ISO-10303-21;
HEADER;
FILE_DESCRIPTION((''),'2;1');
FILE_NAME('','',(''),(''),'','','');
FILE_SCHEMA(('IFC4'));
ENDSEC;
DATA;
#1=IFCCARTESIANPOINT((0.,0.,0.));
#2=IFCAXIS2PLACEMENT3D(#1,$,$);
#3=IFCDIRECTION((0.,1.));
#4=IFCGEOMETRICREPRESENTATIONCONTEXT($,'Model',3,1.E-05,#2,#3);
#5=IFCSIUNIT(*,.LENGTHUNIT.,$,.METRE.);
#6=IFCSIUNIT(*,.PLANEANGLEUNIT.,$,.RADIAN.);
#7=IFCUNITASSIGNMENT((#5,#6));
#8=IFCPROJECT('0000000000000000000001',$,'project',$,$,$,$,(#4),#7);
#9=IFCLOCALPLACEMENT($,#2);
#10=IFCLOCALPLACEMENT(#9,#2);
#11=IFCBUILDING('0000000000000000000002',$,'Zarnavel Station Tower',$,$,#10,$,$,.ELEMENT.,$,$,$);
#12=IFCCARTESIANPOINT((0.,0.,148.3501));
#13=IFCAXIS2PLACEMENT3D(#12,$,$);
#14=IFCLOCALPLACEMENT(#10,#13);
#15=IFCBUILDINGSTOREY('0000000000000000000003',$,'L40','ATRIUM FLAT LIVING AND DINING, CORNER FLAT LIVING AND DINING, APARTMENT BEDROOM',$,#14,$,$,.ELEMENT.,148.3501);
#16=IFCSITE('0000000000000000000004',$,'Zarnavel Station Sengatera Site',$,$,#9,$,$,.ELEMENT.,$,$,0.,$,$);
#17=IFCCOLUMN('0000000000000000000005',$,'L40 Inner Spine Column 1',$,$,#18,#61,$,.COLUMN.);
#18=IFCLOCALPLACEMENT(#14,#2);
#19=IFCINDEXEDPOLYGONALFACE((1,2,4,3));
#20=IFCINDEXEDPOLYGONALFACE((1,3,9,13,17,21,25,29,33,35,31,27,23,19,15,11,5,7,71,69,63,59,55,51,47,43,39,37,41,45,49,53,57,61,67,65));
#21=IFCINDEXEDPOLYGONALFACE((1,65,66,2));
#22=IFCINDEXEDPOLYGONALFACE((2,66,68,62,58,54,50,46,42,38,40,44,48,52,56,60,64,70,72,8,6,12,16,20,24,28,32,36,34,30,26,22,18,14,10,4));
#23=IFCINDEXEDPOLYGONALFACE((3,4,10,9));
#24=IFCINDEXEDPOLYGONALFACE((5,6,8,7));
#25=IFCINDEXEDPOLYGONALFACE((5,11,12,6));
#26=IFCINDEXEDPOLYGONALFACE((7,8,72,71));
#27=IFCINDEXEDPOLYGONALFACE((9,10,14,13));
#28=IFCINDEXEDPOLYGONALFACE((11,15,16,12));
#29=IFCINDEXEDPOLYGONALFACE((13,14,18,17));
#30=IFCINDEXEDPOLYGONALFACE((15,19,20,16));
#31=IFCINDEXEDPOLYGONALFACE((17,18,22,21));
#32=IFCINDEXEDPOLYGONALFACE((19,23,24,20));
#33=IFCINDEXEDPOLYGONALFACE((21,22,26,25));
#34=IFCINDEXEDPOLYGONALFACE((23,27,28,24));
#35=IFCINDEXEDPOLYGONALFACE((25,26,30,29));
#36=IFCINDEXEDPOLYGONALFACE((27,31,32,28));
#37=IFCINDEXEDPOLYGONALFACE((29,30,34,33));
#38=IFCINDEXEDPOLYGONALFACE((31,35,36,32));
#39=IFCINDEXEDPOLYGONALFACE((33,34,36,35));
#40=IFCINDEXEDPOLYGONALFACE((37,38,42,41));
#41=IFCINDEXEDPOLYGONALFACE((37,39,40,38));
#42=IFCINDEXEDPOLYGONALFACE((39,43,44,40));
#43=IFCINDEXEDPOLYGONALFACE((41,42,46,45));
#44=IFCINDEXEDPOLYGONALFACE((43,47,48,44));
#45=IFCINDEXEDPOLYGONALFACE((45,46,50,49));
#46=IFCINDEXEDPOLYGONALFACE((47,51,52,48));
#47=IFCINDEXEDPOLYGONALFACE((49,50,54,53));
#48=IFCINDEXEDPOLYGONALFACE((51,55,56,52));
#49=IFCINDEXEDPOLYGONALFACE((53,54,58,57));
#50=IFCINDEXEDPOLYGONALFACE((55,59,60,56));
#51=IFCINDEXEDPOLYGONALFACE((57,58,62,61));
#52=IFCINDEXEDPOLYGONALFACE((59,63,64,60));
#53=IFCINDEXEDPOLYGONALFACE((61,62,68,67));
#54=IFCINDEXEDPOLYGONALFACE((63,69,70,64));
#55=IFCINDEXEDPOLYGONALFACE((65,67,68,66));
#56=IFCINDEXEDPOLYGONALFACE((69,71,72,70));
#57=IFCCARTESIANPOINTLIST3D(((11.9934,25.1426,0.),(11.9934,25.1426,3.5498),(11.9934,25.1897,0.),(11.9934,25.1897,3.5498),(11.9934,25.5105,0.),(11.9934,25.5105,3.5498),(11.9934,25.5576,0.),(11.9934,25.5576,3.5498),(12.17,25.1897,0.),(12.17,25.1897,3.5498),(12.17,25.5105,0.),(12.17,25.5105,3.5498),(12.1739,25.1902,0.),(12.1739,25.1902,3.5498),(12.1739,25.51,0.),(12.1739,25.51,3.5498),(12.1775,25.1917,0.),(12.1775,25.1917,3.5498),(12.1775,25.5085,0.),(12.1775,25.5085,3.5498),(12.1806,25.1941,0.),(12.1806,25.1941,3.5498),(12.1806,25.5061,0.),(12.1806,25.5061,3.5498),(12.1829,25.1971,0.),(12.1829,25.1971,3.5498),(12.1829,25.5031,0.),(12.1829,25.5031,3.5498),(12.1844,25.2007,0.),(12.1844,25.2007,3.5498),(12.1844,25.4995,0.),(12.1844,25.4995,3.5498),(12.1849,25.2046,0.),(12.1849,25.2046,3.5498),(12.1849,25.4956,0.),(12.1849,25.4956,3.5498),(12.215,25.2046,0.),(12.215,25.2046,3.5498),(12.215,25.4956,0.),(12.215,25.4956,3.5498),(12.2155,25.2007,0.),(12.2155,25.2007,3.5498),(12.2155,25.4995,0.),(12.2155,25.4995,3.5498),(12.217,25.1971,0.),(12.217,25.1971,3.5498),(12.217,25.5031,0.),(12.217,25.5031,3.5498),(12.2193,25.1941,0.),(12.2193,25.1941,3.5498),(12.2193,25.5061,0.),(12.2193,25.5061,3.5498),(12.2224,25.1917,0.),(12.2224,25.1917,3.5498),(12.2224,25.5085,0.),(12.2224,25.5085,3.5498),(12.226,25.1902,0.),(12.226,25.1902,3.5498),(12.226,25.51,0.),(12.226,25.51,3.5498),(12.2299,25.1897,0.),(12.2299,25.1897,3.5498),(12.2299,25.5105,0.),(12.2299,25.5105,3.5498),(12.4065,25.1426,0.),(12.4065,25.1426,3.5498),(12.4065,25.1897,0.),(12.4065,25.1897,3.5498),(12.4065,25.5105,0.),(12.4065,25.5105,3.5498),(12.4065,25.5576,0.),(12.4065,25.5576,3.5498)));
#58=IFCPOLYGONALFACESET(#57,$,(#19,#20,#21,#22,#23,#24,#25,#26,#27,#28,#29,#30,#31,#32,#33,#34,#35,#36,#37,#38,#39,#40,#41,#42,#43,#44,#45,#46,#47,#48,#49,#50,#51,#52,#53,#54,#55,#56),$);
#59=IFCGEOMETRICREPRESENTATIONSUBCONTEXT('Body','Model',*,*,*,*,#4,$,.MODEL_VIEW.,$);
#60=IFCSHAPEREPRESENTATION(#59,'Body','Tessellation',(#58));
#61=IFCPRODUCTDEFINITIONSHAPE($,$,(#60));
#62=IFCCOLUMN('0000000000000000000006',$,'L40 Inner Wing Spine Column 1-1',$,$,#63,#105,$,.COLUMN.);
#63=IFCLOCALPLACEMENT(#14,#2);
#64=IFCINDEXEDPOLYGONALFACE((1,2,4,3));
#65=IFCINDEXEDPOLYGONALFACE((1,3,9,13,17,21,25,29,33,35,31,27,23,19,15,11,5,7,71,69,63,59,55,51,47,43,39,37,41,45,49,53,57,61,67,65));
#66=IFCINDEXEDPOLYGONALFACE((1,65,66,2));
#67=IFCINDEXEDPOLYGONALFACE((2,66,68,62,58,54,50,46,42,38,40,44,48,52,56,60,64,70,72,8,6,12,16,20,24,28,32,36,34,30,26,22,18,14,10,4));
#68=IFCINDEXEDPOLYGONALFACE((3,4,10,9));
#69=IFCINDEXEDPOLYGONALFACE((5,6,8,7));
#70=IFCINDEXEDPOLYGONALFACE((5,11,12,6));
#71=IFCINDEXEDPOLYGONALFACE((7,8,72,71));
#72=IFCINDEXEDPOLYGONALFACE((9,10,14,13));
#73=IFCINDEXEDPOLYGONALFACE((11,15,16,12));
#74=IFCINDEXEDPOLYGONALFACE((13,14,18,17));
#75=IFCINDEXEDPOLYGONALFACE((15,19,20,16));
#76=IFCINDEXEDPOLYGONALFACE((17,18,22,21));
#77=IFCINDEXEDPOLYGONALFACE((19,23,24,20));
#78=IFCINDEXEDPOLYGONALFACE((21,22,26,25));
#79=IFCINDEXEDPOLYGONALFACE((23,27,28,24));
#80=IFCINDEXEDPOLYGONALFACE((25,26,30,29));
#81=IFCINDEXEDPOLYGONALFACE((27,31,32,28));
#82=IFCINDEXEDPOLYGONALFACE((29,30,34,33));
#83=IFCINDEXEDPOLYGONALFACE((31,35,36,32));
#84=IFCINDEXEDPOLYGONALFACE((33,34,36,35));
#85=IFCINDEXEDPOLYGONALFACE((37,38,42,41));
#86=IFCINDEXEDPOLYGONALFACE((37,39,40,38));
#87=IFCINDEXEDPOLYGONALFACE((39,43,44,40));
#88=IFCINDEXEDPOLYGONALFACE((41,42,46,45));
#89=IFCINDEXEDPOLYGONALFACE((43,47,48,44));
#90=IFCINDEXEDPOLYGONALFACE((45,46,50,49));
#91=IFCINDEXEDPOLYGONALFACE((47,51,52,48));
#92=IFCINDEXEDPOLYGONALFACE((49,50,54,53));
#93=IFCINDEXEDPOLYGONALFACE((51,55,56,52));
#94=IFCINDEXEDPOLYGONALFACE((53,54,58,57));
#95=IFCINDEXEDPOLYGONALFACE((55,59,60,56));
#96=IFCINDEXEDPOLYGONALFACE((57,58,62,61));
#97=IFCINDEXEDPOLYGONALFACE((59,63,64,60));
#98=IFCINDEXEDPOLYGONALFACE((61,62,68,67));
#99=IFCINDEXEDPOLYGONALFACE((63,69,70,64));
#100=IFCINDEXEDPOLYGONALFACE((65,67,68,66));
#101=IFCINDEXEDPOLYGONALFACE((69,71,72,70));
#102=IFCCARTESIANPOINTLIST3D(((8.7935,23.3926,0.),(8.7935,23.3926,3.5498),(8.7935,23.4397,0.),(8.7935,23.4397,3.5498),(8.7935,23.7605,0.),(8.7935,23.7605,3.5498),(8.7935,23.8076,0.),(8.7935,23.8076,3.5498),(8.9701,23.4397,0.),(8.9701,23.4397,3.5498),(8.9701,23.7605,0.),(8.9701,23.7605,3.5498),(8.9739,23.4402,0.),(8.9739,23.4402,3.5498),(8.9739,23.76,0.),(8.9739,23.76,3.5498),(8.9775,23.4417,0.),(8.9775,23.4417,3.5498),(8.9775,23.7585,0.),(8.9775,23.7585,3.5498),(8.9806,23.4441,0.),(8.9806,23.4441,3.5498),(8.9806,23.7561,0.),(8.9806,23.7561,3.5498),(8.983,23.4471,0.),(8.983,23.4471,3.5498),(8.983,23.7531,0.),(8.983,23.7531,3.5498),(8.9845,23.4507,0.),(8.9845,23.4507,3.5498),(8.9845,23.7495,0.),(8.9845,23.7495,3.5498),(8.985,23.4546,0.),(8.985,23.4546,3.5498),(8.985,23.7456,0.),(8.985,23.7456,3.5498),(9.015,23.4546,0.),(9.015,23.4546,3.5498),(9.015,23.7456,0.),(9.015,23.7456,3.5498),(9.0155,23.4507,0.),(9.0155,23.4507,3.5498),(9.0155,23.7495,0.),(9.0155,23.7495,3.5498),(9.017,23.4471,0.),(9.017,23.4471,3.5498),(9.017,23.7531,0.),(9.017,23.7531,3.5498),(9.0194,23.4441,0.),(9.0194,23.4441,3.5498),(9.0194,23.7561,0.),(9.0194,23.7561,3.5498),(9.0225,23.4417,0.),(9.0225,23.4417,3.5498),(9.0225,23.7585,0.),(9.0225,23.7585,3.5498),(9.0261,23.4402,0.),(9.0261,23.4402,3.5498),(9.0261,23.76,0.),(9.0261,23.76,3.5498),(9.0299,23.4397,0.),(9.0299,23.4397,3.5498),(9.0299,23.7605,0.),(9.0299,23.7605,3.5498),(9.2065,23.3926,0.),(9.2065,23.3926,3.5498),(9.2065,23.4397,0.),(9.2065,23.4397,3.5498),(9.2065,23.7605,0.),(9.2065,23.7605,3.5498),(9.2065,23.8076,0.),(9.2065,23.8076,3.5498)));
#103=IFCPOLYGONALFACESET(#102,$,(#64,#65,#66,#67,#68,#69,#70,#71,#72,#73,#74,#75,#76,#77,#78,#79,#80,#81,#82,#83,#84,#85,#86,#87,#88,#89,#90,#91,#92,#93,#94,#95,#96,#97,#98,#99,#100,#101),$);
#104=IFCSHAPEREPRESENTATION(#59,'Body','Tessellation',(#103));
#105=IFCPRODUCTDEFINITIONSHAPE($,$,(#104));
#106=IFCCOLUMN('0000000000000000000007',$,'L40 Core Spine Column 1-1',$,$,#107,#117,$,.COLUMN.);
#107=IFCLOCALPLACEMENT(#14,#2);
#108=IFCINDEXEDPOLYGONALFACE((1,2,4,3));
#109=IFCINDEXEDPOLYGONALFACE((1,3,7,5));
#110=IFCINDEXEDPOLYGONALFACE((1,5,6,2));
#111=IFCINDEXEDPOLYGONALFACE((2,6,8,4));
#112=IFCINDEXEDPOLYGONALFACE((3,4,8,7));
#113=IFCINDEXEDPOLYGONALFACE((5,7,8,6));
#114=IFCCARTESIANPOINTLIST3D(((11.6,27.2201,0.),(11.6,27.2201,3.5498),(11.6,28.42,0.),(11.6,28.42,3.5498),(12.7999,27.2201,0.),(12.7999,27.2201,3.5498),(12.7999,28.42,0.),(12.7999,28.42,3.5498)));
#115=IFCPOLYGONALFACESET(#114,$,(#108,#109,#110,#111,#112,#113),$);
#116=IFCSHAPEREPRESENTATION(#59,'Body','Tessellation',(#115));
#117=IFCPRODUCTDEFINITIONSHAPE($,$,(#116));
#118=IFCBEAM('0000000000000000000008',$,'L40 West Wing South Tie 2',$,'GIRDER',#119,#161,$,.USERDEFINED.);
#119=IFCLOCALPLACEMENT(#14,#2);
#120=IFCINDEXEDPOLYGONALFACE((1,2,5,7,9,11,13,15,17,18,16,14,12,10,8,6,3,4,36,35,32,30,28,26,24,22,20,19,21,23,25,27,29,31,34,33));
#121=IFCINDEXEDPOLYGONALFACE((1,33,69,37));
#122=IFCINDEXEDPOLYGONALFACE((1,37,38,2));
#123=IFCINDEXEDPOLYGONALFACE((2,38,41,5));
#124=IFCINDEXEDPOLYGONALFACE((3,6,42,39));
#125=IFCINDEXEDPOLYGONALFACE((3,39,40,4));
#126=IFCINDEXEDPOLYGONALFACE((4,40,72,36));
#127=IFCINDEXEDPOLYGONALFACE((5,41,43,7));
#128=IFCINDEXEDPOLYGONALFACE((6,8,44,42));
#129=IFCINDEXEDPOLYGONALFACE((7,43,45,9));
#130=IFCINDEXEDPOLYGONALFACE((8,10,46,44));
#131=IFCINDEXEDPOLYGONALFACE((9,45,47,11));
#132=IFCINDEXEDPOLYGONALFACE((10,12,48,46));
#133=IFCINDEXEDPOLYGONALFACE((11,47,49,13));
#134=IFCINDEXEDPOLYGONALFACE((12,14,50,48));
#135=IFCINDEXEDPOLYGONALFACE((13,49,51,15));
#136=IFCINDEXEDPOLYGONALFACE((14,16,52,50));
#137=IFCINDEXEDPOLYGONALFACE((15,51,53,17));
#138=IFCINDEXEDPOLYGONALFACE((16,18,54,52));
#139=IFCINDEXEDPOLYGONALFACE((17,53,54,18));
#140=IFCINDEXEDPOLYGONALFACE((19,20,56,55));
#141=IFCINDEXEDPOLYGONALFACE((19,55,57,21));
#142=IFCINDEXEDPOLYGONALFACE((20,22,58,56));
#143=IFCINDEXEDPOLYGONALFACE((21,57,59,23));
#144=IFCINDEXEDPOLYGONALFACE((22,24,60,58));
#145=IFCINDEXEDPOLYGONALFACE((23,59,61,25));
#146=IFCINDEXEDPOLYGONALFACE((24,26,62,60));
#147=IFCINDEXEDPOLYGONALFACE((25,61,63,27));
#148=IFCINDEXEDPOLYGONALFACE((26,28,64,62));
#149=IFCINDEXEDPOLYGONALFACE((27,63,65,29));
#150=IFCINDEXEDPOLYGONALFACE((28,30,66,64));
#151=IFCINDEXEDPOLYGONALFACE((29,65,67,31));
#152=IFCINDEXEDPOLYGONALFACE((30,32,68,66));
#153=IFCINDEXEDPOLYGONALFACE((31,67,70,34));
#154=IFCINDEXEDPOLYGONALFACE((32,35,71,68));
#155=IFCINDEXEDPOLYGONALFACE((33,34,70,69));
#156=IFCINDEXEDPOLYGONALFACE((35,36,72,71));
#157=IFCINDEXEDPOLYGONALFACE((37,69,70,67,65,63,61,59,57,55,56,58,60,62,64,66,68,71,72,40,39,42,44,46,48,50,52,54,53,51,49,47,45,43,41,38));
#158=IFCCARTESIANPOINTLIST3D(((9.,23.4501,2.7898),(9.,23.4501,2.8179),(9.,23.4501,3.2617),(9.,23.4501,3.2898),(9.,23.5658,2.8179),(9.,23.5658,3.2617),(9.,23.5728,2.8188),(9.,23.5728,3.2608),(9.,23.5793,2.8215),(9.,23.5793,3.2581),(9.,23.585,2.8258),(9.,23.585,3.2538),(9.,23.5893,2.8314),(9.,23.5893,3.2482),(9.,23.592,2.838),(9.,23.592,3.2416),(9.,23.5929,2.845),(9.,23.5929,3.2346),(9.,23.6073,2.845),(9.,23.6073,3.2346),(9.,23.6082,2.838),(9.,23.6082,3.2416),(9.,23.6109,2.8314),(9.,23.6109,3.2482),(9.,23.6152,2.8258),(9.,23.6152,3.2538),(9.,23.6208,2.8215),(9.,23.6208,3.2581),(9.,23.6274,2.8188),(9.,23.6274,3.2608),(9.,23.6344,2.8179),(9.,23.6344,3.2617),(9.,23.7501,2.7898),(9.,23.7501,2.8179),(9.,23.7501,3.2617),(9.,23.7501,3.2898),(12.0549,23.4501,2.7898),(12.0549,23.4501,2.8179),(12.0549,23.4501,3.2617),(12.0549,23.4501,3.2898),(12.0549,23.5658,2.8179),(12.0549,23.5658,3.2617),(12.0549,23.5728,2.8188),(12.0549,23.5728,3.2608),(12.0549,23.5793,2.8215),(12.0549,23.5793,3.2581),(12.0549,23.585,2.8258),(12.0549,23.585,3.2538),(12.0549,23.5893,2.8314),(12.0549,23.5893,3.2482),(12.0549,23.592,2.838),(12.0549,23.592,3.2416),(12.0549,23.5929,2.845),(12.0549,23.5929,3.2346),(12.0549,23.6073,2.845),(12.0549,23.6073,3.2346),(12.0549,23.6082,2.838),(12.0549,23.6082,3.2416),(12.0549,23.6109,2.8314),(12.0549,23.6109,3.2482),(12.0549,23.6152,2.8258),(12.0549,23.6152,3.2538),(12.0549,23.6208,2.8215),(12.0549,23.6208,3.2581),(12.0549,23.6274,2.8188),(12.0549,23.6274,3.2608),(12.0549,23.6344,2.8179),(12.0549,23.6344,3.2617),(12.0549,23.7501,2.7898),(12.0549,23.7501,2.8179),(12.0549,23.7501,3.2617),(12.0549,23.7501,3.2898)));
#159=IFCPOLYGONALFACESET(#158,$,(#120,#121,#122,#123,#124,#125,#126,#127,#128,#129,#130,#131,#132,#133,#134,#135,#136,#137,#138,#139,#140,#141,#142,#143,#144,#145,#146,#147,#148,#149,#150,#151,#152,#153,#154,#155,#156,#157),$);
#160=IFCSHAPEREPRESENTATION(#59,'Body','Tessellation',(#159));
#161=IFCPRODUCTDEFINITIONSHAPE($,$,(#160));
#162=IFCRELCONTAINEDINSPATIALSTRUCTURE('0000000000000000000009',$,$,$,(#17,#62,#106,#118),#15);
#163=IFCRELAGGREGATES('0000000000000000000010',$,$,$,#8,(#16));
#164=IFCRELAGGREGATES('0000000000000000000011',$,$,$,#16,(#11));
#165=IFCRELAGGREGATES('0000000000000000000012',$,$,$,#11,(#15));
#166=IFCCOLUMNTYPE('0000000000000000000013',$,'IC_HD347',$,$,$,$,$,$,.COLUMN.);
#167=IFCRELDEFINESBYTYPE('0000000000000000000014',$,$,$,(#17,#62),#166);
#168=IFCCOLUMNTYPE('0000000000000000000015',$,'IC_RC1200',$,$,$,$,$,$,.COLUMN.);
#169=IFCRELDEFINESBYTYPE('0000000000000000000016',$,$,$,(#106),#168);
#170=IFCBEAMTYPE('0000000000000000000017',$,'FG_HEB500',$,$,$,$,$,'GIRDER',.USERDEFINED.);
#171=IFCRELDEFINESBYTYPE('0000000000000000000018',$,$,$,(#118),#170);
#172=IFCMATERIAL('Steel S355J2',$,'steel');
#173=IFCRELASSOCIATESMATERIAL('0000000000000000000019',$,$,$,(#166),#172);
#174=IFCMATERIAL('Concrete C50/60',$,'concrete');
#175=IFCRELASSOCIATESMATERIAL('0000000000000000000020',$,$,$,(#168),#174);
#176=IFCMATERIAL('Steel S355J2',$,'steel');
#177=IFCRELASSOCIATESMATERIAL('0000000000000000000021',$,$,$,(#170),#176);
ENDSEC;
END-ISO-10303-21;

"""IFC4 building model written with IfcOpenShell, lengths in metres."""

from ifc_helpers import new_model, si_unit, direction, frame, origin, origin_2d, place, context, subcontext, project, spatial, rectangle, i_section, extrude, material, material_profile, profile_set, type_object, element, save


model = new_model("IFC4")

# Units and contexts
model_context = context("Model", 3, precision=1e-05, world=origin(), true_north=direction((0.0, 1.0)))
body_context = subcontext(model_context, "Body", "Model", "MODEL_VIEW")
ifc_project = project(units=[si_unit("LENGTHUNIT", "METRE"), si_unit("PLANEANGLEUNIT", "RADIAN")], contexts=[model_context])

# Site, building, storey
site_placement = place(None, origin())
site = spatial("IfcSite", under=ifc_project, at=site_placement, Name="Zarnavel Station Sengatera Site", CompositionType="ELEMENT", RefElevation=0.0)
building_placement = place(site_placement, origin())
building = spatial("IfcBuilding", under=site, at=building_placement, Name="Zarnavel Station Tower", CompositionType="ELEMENT")
storey_placement = place(building_placement, frame((0.0, 0.0, 148.3501)))
storey = spatial("IfcBuildingStorey", under=building, at=storey_placement, Name="L40", Description="ATRIUM FLAT LIVING AND DINING, CORNER FLAT LIVING AND DINING, APARTMENT BEDROOM", CompositionType="ELEMENT", Elevation=148.3501)

# Columns
ifc_material_1 = material(Name="Steel S355J2", Category="steel")
ifc_material_profile_1 = material_profile(ifc_material_1, i_section(OverallWidth=0.4131, OverallDepth=0.415, WebThickness=0.03, FlangeThickness=0.0471, FilletRadius=0.0149, at=origin_2d()), Name="HD400x347")
ifc_profile_set_1 = profile_set([ifc_material_profile_1], Name="Steel S355J2")
column_type_1 = type_object("IfcColumnType", Name="IC_HD347", PredefinedType="COLUMN", material=ifc_profile_set_1)
for number, where, z_axis, x_axis, name in (
    (1, (12.2, 25.3501, 0.0), (0.0, 0.0, 1.0), (1.0, 0.0, 0.0), "L40 Inner Spine Column 1"),
    (2, (9.0, 23.6001, 0.0), (0.0, 0.0, 1.0), (1.0, 0.0, 0.0), "L40 Inner Wing Spine Column 1-1"),
):
    element("IfcColumn", number, at=place(storey_placement, frame(where, z_axis=z_axis, x_axis=x_axis)), inside=storey, type_object=column_type_1, Name=name, PredefinedType="COLUMN", context=body_context, shape_type="SweptSolid", body=[
        extrude(i_section(OverallWidth=0.4131, OverallDepth=0.415, WebThickness=0.03, FlangeThickness=0.0471, FilletRadius=0.0149, at=origin_2d()), origin(), (0.0, 0.0, 1.0), 3.5498),
    ])
ifc_material_2 = material(Name="Concrete C50/60", Category="concrete")
ifc_material_profile_2 = material_profile(ifc_material_2, rectangle(XDim=1.2, YDim=1.2, at=origin_2d()), Name="RC1200x1200")
ifc_profile_set_2 = profile_set([ifc_material_profile_2], Name="Concrete C50/60")
column_type_2 = type_object("IfcColumnType", Name="IC_RC1200", PredefinedType="COLUMN", material=ifc_profile_set_2)
column_placement = place(storey_placement, frame((12.2, 27.8201, 0.0), z_axis=(0.0, 0.0, 1.0), x_axis=(1.0, 0.0, 0.0)))
element("IfcColumn", 3, at=column_placement, inside=storey, type_object=column_type_2, Name="L40 Core Spine Column 1-1", PredefinedType="COLUMN", context=body_context, shape_type="SweptSolid", body=[
    extrude(rectangle(XDim=1.2, YDim=1.2, at=origin_2d()), origin(), (0.0, 0.0, 1.0), 3.5498),
])

# Beam
ifc_material_3 = material(Name="Steel S355J2", Category="steel")
ifc_material_profile_3 = material_profile(ifc_material_3, i_section(OverallWidth=0.3, OverallDepth=0.5, WebThickness=0.0144, FlangeThickness=0.0281, FilletRadius=0.0271, at=origin_2d()), Name="HEB500")
ifc_profile_set_3 = profile_set([ifc_material_profile_3], Name="Steel S355J2")
beam_type_1 = type_object("IfcBeamType", Name="FG_HEB500", ElementType="GIRDER", PredefinedType="USERDEFINED", material=ifc_profile_set_3)
beam_1_placement = place(storey_placement, frame((9.0, 23.6001, 3.0398), z_axis=(1.0, 0.0, 0.0), x_axis=(0.0, 1.0, 0.0)))
element("IfcBeam", 4, at=beam_1_placement, inside=storey, type_object=beam_type_1, Name="L40 West Wing South Tie 2", ObjectType="GIRDER", PredefinedType="USERDEFINED", context=body_context, shape_type="SweptSolid", body=[
    extrude(i_section(OverallWidth=0.3, OverallDepth=0.5, WebThickness=0.0144, FlangeThickness=0.0281, FilletRadius=0.0271, at=origin_2d()), origin(), (0.0, 0.0, 1.0), 3.0549),
])

save(model, "model.ifc")
